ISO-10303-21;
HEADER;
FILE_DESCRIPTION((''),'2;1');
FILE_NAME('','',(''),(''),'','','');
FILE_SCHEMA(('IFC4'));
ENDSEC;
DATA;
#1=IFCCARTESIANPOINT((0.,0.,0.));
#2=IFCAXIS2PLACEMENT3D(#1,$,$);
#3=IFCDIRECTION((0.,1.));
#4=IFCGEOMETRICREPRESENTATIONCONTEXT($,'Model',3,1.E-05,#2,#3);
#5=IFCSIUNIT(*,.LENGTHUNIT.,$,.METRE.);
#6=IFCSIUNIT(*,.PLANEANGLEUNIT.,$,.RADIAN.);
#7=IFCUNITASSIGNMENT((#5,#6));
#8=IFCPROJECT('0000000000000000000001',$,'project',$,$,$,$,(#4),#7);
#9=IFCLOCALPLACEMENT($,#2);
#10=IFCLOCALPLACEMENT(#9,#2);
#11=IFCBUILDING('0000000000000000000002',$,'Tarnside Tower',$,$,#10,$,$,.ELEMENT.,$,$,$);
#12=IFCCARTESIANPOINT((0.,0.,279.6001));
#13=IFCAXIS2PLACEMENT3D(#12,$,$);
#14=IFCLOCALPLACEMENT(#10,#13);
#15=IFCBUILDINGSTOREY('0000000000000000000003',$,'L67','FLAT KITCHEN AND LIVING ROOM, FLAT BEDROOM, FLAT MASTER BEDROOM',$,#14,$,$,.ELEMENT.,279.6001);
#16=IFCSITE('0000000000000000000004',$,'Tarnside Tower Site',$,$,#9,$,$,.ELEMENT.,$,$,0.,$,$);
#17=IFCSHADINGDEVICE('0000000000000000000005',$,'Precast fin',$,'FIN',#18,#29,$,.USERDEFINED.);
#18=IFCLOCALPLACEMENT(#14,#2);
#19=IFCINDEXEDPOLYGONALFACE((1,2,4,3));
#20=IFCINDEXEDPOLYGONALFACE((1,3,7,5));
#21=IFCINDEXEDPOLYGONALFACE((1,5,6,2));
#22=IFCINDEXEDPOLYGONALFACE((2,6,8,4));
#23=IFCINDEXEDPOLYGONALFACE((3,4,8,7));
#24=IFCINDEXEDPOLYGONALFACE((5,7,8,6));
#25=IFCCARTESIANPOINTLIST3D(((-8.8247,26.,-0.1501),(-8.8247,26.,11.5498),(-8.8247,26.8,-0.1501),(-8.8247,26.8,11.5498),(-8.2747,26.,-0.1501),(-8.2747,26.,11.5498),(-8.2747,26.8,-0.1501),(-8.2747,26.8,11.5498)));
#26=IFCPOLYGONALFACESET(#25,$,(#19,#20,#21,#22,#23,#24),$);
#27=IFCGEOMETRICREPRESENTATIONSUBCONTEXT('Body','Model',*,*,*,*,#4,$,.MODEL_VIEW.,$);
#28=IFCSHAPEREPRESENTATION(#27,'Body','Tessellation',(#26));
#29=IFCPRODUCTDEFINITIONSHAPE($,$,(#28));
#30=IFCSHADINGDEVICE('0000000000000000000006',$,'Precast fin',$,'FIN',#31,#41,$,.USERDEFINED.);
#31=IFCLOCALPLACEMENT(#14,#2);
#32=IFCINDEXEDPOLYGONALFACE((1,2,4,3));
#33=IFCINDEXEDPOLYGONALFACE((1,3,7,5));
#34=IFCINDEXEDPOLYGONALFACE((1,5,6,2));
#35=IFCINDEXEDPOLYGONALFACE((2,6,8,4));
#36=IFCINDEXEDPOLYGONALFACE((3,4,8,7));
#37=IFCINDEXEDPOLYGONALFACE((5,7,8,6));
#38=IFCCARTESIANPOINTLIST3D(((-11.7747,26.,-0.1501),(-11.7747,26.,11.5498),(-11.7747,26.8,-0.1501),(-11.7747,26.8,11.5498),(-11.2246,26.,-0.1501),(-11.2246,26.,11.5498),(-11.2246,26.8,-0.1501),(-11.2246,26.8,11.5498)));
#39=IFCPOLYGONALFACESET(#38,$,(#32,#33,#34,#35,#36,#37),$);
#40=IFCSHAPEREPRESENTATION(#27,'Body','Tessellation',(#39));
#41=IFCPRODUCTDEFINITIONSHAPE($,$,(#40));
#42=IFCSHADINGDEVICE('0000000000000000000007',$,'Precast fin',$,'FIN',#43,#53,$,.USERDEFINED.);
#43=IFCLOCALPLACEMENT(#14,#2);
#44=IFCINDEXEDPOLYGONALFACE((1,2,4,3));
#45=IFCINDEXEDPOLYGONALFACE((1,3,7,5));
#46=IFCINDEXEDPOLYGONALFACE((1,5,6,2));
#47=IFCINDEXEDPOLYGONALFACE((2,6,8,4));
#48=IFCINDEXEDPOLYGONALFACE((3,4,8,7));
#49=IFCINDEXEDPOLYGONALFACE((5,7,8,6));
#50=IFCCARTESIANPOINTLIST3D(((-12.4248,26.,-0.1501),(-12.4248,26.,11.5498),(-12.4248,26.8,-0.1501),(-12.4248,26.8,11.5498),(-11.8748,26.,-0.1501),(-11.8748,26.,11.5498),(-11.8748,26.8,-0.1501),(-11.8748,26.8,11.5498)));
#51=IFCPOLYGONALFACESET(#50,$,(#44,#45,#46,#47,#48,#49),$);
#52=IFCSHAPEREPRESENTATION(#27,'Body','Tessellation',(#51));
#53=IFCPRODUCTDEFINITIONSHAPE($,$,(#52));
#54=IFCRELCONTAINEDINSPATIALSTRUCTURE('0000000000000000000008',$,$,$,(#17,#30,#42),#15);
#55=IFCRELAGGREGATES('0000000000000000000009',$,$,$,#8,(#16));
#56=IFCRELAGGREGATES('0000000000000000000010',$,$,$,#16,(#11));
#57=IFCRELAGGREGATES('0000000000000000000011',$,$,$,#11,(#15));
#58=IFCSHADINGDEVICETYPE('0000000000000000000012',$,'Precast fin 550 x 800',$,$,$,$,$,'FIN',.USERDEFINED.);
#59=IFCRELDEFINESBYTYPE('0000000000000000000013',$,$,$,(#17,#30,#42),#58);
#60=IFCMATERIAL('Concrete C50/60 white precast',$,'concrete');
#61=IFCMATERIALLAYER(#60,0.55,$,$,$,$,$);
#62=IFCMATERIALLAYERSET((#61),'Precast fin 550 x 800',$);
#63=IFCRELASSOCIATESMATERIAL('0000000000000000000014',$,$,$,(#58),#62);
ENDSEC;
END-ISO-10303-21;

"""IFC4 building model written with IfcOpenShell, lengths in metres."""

from ifc_helpers import new_model, si_unit, direction, frame, origin, place, context, subcontext, project, spatial, polyline, outline, extrude, material, layer, layer_set, type_object, element, save


model = new_model("IFC4")

# Units and contexts
model_context = context("Model", 3, precision=1e-05, world=origin(), true_north=direction((0.0, 1.0)))
body_context = subcontext(model_context, "Body", "Model", "MODEL_VIEW")
ifc_project = project(units=[si_unit("LENGTHUNIT", "METRE"), si_unit("PLANEANGLEUNIT", "RADIAN")], contexts=[model_context])

# Site, building, storey
site_placement = place(None, origin())
site = spatial("IfcSite", under=ifc_project, at=site_placement, Name="Tarnside Tower Site", CompositionType="ELEMENT", RefElevation=0.0)
building_placement = place(site_placement, origin())
building = spatial("IfcBuilding", under=site, at=building_placement, Name="Tarnside Tower", CompositionType="ELEMENT")
storey_placement = place(building_placement, frame((0.0, 0.0, 279.6001)))
storey = spatial("IfcBuildingStorey", under=building, at=storey_placement, Name="L67", Description="FLAT KITCHEN AND LIVING ROOM, FLAT BEDROOM, FLAT MASTER BEDROOM", CompositionType="ELEMENT", Elevation=279.6001)

# Shading devices
ifc_material_1 = material(Name="Concrete C50/60 white precast", Category="concrete")
ifc_layer_1 = layer(ifc_material_1, 0.55)
ifc_layer_set_1 = layer_set([ifc_layer_1], Name="Precast fin 550 x 800")
shading_device_type = type_object("IfcShadingDeviceType", Name="Precast fin 550 x 800", ElementType="FIN", PredefinedType="USERDEFINED", material=ifc_layer_set_1)
for number, where, z_axis, x_axis, name in (
    (1, (-8.5498, 26.0, -0.1501), (1.0, 0.0, 0.0), (0.0, 1.0, 0.0), "Precast fin"),
    (2, (-11.4998, 26.0, -0.1501), (1.0, 0.0, 0.0), (0.0, 1.0, 0.0), "Precast fin"),
    (3, (-12.1499, 26.0, -0.1501), (1.0, 0.0, 0.0), (0.0, 1.0, 0.0), "Precast fin"),
):
    element("IfcShadingDevice", number, at=place(storey_placement, frame(where, z_axis=z_axis, x_axis=x_axis)), inside=storey, type_object=shading_device_type, Name=name, ObjectType="FIN", PredefinedType="USERDEFINED", context=body_context, shape_type="SweptSolid", body=[
        extrude(outline(polyline([(0.0, 0.0), (0.8, 0.0), (0.8, 11.7), (0.0, 11.7), (0.0, 0.0)])), frame((0.0, 0.0, -0.2749)), (0.0, 0.0, 1.0), 0.55),
    ])

save(model, "model.ifc")
